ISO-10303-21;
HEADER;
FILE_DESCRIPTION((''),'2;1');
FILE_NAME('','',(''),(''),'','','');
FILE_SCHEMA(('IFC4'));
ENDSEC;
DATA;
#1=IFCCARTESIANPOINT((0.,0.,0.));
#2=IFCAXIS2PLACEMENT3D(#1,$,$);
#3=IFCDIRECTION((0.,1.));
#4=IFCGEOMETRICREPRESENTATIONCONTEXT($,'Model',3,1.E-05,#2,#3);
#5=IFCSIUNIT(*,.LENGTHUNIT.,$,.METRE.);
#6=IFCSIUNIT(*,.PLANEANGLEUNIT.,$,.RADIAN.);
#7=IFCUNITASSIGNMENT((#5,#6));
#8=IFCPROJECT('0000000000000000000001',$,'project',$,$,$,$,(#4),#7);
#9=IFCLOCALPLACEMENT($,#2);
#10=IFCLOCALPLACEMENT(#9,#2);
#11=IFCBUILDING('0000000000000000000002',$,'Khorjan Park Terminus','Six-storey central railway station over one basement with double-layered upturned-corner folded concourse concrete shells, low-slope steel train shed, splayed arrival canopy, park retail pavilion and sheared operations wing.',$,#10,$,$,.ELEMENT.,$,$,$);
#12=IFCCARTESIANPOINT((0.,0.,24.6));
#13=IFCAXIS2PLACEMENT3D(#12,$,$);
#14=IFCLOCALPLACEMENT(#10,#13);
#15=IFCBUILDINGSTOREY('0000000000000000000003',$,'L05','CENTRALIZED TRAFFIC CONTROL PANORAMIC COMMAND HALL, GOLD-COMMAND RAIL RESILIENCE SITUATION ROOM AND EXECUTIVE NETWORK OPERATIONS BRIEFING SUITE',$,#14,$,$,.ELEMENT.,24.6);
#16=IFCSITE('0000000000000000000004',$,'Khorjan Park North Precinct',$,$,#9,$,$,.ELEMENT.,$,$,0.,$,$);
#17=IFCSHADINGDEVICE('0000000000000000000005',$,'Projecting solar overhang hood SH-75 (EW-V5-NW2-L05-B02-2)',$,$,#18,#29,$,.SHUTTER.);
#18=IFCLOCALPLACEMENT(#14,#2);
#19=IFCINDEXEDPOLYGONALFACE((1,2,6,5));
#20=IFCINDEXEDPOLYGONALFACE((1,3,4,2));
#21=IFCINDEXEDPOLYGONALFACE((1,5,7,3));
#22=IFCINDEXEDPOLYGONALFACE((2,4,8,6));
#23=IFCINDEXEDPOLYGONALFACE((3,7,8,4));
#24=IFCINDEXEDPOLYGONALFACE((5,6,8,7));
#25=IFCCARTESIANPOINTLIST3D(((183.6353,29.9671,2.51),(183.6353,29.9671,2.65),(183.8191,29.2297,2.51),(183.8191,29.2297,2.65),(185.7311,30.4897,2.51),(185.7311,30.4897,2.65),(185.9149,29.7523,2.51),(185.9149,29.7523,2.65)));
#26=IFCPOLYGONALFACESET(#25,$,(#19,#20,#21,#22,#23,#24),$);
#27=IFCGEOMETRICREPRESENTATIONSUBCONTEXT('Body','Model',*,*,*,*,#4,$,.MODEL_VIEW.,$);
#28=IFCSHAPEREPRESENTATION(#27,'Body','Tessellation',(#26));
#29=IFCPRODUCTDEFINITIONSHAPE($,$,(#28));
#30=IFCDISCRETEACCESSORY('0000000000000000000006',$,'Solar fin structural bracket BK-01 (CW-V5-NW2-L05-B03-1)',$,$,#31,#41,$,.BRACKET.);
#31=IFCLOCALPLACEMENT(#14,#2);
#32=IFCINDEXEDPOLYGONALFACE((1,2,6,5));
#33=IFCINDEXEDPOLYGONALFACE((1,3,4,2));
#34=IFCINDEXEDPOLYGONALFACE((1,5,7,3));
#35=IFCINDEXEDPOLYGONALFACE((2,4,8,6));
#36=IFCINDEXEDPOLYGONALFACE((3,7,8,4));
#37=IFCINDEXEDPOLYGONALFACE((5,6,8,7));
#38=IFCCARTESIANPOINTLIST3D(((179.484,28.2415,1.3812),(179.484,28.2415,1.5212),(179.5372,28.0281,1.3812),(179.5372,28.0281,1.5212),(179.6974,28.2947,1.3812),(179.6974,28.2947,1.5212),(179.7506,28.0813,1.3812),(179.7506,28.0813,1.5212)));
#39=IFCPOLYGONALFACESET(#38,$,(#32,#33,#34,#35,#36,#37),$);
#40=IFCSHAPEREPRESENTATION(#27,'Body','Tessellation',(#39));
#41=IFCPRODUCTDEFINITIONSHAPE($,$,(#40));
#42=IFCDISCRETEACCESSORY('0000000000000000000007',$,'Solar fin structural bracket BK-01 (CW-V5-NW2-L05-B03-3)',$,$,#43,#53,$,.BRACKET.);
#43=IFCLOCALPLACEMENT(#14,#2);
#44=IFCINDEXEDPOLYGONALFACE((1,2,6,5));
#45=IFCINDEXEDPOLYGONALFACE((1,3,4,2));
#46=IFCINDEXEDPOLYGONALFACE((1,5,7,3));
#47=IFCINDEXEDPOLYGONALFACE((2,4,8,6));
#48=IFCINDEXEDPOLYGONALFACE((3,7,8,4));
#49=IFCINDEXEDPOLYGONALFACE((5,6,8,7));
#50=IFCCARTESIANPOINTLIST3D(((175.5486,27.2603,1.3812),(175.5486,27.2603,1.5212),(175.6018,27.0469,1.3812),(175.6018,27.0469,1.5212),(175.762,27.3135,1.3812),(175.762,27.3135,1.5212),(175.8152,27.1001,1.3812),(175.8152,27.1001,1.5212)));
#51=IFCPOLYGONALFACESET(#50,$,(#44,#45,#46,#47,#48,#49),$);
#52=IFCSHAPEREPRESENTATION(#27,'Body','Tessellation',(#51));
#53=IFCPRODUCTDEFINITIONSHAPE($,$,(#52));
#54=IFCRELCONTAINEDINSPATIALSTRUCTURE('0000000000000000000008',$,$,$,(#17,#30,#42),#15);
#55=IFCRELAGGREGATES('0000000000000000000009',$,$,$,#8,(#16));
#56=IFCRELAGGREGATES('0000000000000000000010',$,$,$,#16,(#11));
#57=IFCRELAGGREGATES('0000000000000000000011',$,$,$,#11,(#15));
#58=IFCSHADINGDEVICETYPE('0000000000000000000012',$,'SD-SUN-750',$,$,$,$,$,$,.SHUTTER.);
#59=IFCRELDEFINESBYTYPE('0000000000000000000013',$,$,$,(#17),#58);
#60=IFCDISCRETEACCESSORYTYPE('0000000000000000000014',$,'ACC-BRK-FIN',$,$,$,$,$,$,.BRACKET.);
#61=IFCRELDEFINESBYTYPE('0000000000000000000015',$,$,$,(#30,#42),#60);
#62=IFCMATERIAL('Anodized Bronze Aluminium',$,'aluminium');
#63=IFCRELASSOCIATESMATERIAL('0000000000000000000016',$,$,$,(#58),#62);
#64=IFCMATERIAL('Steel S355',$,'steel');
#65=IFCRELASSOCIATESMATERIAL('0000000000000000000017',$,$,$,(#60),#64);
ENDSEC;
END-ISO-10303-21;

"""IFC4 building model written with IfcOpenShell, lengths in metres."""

from ifc_helpers import new_model, si_unit, direction, frame, origin, origin_2d, place, context, subcontext, project, spatial, rectangle, extrude, material, type_object, element, save


model = new_model("IFC4")

# Units and contexts
model_context = context("Model", 3, precision=1e-05, world=origin(), true_north=direction((0.0, 1.0)))
body_context = subcontext(model_context, "Body", "Model", "MODEL_VIEW")
ifc_project = project(units=[si_unit("LENGTHUNIT", "METRE"), si_unit("PLANEANGLEUNIT", "RADIAN")], contexts=[model_context])

# Site, building, storey
site_placement = place(None, origin())
site = spatial("IfcSite", under=ifc_project, at=site_placement, Name="Khorjan Park North Precinct", CompositionType="ELEMENT", RefElevation=0.0)
building_placement = place(site_placement, origin())
building = spatial("IfcBuilding", under=site, at=building_placement, Name="Khorjan Park Terminus", Description="Six-storey central railway station over one basement with double-layered upturned-corner folded concourse concrete shells, low-slope steel train shed, splayed arrival canopy, park retail pavilion and sheared operations wing.", CompositionType="ELEMENT")
storey_placement = place(building_placement, frame((0.0, 0.0, 24.6)))
storey = spatial("IfcBuildingStorey", under=building, at=storey_placement, Name="L05", Description="CENTRALIZED TRAFFIC CONTROL PANORAMIC COMMAND HALL, GOLD-COMMAND RAIL RESILIENCE SITUATION ROOM AND EXECUTIVE NETWORK OPERATIONS BRIEFING SUITE", CompositionType="ELEMENT", Elevation=24.6)

# Shared definitions
ifc_material_1 = material(Name="Steel S355", Category="steel")

# Shared definitions
ifc_material_2 = material(Name="Anodized Bronze Aluminium", Category="aluminium")

# Shading device
shading_device_type_1 = type_object("IfcShadingDeviceType", Name="SD-SUN-750", PredefinedType="SHUTTER", material=ifc_material_2)
for number, where, z_axis, x_axis, name in (
    (1, (184.7751, 29.8597, 2.51), (0.0, 0.0, 1.0), (-0.970298, -0.241913, 0.0), "Projecting solar overhang hood SH-75 (EW-V5-NW2-L05-B02-2)"),
):
    element("IfcShadingDevice", number, at=place(storey_placement, frame(where, z_axis=z_axis, x_axis=x_axis)), inside=storey, type_object=shading_device_type_1, Name=name, PredefinedType="SHUTTER", context=body_context, shape_type="SweptSolid", body=[
        extrude(rectangle(XDim=2.16, YDim=0.76, at=origin_2d()), origin(), (0.0, 0.0, 1.0), 0.14),
    ])

# Discrete accessories
discrete_accessory_type = type_object("IfcDiscreteAccessoryType", Name="ACC-BRK-FIN", PredefinedType="BRACKET", material=ifc_material_1)
for number, where, z_axis, x_axis, name in (
    (2, (179.6173, 28.1614, 1.3812), (0.0, 0.0, 1.0), (-0.970296, -0.241921, 0.0), "Solar fin structural bracket BK-01 (CW-V5-NW2-L05-B03-1)"),
    (3, (175.6819, 27.1802, 1.3812), (0.0, 0.0, 1.0), (-0.970296, -0.241921, 0.0), "Solar fin structural bracket BK-01 (CW-V5-NW2-L05-B03-3)"),
):
    element("IfcDiscreteAccessory", number, at=place(storey_placement, frame(where, z_axis=z_axis, x_axis=x_axis)), inside=storey, type_object=discrete_accessory_type, Name=name, PredefinedType="BRACKET", context=body_context, shape_type="SweptSolid", body=[
        extrude(rectangle(XDim=0.22, YDim=0.22, at=origin_2d()), origin(), (0.0, 0.0, 1.0), 0.14),
    ])

save(model, "model.ifc")
